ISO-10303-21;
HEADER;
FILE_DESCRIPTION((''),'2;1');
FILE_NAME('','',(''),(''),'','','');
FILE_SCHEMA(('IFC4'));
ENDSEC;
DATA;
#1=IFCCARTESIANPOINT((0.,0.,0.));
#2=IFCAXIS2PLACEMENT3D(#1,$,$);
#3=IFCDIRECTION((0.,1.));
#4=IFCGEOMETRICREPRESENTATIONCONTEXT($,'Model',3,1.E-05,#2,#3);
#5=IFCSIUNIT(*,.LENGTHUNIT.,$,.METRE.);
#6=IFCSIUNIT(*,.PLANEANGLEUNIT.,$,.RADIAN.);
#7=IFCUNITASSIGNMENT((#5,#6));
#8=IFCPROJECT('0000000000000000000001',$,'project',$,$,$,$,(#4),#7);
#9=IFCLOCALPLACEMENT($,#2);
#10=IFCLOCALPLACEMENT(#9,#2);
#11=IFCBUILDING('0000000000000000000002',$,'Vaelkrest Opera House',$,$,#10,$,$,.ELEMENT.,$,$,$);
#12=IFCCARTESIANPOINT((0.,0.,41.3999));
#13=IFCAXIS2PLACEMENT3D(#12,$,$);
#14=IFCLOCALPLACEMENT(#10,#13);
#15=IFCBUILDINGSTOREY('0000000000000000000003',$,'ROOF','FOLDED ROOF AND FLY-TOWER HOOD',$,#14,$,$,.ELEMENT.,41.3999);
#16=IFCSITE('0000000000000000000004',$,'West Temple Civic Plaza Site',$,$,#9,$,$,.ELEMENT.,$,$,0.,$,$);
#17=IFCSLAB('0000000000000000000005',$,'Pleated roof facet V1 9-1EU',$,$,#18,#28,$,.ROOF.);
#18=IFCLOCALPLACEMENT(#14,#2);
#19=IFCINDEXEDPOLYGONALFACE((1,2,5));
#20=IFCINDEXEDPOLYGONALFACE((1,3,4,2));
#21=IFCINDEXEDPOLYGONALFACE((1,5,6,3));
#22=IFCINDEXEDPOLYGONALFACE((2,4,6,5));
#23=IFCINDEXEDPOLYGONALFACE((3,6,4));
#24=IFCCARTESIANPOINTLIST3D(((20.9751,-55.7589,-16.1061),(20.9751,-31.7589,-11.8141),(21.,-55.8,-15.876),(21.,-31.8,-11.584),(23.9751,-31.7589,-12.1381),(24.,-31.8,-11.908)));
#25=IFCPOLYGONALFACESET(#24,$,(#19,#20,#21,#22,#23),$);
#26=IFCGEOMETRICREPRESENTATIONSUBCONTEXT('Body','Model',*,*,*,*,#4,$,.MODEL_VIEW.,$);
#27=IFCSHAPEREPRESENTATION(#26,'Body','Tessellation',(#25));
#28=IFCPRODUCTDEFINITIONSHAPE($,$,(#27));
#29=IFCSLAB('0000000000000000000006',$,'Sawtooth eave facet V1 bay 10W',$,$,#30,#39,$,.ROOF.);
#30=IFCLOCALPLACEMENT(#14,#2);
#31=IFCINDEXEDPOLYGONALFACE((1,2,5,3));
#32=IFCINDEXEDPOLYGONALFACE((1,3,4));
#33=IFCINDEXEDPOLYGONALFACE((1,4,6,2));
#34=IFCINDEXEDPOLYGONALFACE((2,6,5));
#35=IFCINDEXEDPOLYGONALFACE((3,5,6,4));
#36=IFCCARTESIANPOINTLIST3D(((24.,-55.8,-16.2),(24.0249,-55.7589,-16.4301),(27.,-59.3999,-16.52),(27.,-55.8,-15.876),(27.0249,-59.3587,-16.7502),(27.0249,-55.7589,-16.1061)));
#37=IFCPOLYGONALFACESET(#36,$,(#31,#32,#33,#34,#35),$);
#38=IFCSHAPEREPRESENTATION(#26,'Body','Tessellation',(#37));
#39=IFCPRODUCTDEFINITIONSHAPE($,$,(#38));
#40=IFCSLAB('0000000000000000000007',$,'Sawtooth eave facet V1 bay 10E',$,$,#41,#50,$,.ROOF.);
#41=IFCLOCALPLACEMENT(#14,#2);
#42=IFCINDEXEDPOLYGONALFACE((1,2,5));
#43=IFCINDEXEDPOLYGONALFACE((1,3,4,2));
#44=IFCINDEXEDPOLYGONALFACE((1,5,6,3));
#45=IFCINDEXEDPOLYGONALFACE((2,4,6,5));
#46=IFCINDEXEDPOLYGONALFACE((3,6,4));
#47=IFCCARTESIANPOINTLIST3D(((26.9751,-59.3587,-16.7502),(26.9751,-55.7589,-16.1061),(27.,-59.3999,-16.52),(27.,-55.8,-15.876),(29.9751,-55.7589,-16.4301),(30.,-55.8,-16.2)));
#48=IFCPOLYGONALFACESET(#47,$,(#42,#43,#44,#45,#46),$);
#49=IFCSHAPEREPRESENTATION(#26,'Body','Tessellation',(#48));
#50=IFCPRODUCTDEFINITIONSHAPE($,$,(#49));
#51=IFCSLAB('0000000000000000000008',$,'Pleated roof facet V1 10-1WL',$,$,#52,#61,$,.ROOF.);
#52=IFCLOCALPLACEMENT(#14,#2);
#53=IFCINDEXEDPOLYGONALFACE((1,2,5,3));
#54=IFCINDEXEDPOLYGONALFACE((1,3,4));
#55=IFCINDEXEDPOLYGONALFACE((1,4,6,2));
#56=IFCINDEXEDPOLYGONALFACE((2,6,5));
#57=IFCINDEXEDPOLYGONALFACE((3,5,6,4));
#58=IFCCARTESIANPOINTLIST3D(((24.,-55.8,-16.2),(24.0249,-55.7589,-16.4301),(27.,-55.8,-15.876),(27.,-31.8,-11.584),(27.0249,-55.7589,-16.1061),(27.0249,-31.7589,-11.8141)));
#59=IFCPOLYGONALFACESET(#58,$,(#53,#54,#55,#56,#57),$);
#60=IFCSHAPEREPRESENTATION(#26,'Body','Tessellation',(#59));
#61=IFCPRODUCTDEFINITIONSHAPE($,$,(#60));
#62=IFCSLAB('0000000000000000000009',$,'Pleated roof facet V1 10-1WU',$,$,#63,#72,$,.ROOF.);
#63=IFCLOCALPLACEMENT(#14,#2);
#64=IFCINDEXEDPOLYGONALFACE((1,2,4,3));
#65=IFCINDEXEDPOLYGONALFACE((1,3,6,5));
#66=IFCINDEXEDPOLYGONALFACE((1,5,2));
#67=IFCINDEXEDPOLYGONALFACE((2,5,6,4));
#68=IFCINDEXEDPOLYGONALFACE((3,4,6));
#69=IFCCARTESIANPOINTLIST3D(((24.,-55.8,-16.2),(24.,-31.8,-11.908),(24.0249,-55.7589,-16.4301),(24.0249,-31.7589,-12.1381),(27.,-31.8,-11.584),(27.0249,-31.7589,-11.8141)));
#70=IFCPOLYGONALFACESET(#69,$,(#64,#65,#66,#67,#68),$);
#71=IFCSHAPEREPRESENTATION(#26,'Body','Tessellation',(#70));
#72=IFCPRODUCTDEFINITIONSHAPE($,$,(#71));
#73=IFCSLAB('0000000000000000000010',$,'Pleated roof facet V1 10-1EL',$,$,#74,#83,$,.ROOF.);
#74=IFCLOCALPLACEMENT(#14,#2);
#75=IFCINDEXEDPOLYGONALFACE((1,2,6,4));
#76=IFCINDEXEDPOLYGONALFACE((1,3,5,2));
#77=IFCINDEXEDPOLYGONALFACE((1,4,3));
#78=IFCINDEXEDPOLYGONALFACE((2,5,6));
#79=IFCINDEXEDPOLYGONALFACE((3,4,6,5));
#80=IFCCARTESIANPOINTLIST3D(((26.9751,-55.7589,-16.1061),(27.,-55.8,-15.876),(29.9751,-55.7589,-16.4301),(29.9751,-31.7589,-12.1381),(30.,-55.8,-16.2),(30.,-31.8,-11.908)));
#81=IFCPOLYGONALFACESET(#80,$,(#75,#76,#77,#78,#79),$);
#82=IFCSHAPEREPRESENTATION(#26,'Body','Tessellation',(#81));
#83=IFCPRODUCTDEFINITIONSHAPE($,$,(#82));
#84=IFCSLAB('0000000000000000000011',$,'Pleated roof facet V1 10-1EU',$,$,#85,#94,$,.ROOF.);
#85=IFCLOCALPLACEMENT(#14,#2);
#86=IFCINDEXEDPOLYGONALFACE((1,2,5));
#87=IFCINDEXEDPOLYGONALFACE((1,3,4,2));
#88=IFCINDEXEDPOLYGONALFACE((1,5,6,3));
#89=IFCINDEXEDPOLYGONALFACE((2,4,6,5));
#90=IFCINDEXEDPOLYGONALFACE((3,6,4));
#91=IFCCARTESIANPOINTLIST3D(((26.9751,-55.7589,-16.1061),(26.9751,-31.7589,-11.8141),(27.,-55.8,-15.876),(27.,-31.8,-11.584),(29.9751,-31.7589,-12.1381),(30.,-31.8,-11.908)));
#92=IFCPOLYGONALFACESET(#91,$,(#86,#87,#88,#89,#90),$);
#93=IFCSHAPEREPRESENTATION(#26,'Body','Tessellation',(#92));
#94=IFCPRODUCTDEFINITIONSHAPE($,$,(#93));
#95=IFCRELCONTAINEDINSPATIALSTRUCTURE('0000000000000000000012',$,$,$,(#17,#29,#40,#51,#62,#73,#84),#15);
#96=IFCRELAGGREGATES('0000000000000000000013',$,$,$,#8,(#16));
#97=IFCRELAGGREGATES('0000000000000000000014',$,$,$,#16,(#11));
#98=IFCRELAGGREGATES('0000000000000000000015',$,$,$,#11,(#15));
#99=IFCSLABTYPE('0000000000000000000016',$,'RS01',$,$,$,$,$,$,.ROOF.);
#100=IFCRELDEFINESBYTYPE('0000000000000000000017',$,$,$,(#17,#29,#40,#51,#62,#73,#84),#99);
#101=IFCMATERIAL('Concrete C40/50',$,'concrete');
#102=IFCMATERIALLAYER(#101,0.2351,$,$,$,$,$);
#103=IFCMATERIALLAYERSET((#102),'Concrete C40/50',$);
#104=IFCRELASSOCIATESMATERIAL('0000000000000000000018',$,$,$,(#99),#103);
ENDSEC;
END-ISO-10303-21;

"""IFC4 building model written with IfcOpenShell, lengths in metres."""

from ifc_helpers import new_model, si_unit, direction, frame, origin, place, context, subcontext, project, spatial, polyline, outline, extrude, material, layer, layer_set, type_object, element, save


model = new_model("IFC4")

# Units and contexts
model_context = context("Model", 3, precision=1e-05, world=origin(), true_north=direction((0.0, 1.0)))
body_context = subcontext(model_context, "Body", "Model", "MODEL_VIEW")
ifc_project = project(units=[si_unit("LENGTHUNIT", "METRE"), si_unit("PLANEANGLEUNIT", "RADIAN")], contexts=[model_context])

# Site, building, storey
site_placement = place(None, origin())
site = spatial("IfcSite", under=ifc_project, at=site_placement, Name="West Temple Civic Plaza Site", CompositionType="ELEMENT", RefElevation=0.0)
building_placement = place(site_placement, origin())
building = spatial("IfcBuilding", under=site, at=building_placement, Name="Vaelkrest Opera House", CompositionType="ELEMENT")
storey_placement = place(building_placement, frame((0.0, 0.0, 41.3999)))
storey = spatial("IfcBuildingStorey", under=building, at=storey_placement, Name="ROOF", Description="FOLDED ROOF AND FLY-TOWER HOOD", CompositionType="ELEMENT", Elevation=41.3999)

# Slabs
ifc_material_1 = material(Name="Concrete C40/50", Category="concrete")
ifc_layer_1 = layer(ifc_material_1, 0.2351)
ifc_layer_set_1 = layer_set([ifc_layer_1], Name="Concrete C40/50")
slab_type = type_object("IfcSlabType", Name="RS01", PredefinedType="ROOF", material=ifc_layer_set_1)
slab_1_placement = place(storey_placement, frame((21.0, -55.8, -15.876), z_axis=(0.105709, -0.175054, 0.978868), x_axis=(0.122399, 0.979188, 0.161893)))
element("IfcSlab", 1, at=slab_1_placement, inside=storey, type_object=slab_type, Name="Pleated roof facet V1 9-1EU", PredefinedType="ROOF", context=body_context, shape_type="SweptSolid", body=[
    extrude(outline(polyline([(0.0, 0.0), (24.5101, 0.0), (24.1954, 3.001), (0.0, 0.0)])), origin(), (0.0, 0.0, -1.0), 0.2351),
])
slab_2_placement = place(storey_placement, frame((24.0, -55.8, -16.2), z_axis=(-0.105708, -0.175125, 0.978855), x_axis=(0.638712, -0.766423, -0.068144)))
element("IfcSlab", 2, at=slab_2_placement, inside=storey, type_object=slab_type, Name="Sawtooth eave facet V1 bay 10W", PredefinedType="ROOF", context=body_context, shape_type="SweptSolid", body=[
    extrude(outline(polyline([(0.0, 0.0), (4.697, 0.0), (1.8941, 2.3489), (0.0, 0.0)])), origin(), (0.0, 0.0, -1.0), 0.2351),
])
slab_3_placement = place(storey_placement, frame((27.0, -55.8, -15.876), z_axis=(0.105708, -0.175125, 0.978855), x_axis=(0.0, -0.98437, -0.176112)))
element("IfcSlab", 3, at=slab_3_placement, inside=storey, type_object=slab_type, Name="Sawtooth eave facet V1 bay 10E", PredefinedType="ROOF", context=body_context, shape_type="SweptSolid", body=[
    extrude(outline(polyline([(0.0, 0.0), (3.657, 0.0), (0.0571, 3.0169), (0.0, 0.0)])), origin(), (0.0, 0.0, -1.0), 0.2351),
])
slab_4_placement = place(storey_placement, frame((24.0, -55.8, -16.2), z_axis=(-0.105709, -0.175054, 0.978868), x_axis=(0.994219, 0.0, 0.107367)))
element("IfcSlab", 4, at=slab_4_placement, inside=storey, type_object=slab_type, Name="Pleated roof facet V1 10-1WL", PredefinedType="ROOF", context=body_context, shape_type="SweptSolid", body=[
    extrude(outline(polyline([(0.0, 0.0), (3.0174, 0.0), (3.4783, 24.3764), (0.0, 0.0)])), origin(), (0.0, 0.0, -1.0), 0.2351),
])
slab_5_placement = place(storey_placement, frame((24.0, -55.8, -16.2), z_axis=(-0.105709, -0.175054, 0.978868), x_axis=(0.121836, 0.974686, 0.187463)))
element("IfcSlab", 5, at=slab_5_placement, inside=storey, type_object=slab_type, Name="Pleated roof facet V1 10-1WU", PredefinedType="ROOF", context=body_context, shape_type="SweptSolid", body=[
    extrude(outline(polyline([(0.0, 0.0), (24.6233, 0.0), (24.1971, 2.9872), (0.0, 0.0)])), origin(), (0.0, 0.0, -1.0), 0.2351),
])
slab_6_placement = place(storey_placement, frame((27.0, -55.8, -15.876), z_axis=(0.105709, -0.175054, 0.978868), x_axis=(0.994219, 0.0, -0.107367)))
element("IfcSlab", 6, at=slab_6_placement, inside=storey, type_object=slab_type, Name="Pleated roof facet V1 10-1EL", PredefinedType="ROOF", context=body_context, shape_type="SweptSolid", body=[
    extrude(outline(polyline([(0.0, 0.0), (3.0174, 0.0), (2.5566, 24.3764), (0.0, 0.0)])), origin(), (0.0, 0.0, -1.0), 0.2351),
])
slab_7_placement = place(storey_placement, frame((27.0, -55.8, -15.876), z_axis=(0.105709, -0.175054, 0.978868), x_axis=(0.122399, 0.979188, 0.161893)))
element("IfcSlab", 7, at=slab_7_placement, inside=storey, type_object=slab_type, Name="Pleated roof facet V1 10-1EU", PredefinedType="ROOF", context=body_context, shape_type="SweptSolid", body=[
    extrude(outline(polyline([(0.0, 0.0), (24.5101, 0.0), (24.1954, 3.001), (0.0, 0.0)])), origin(), (0.0, 0.0, -1.0), 0.2351),
])

save(model, "model.ifc")
